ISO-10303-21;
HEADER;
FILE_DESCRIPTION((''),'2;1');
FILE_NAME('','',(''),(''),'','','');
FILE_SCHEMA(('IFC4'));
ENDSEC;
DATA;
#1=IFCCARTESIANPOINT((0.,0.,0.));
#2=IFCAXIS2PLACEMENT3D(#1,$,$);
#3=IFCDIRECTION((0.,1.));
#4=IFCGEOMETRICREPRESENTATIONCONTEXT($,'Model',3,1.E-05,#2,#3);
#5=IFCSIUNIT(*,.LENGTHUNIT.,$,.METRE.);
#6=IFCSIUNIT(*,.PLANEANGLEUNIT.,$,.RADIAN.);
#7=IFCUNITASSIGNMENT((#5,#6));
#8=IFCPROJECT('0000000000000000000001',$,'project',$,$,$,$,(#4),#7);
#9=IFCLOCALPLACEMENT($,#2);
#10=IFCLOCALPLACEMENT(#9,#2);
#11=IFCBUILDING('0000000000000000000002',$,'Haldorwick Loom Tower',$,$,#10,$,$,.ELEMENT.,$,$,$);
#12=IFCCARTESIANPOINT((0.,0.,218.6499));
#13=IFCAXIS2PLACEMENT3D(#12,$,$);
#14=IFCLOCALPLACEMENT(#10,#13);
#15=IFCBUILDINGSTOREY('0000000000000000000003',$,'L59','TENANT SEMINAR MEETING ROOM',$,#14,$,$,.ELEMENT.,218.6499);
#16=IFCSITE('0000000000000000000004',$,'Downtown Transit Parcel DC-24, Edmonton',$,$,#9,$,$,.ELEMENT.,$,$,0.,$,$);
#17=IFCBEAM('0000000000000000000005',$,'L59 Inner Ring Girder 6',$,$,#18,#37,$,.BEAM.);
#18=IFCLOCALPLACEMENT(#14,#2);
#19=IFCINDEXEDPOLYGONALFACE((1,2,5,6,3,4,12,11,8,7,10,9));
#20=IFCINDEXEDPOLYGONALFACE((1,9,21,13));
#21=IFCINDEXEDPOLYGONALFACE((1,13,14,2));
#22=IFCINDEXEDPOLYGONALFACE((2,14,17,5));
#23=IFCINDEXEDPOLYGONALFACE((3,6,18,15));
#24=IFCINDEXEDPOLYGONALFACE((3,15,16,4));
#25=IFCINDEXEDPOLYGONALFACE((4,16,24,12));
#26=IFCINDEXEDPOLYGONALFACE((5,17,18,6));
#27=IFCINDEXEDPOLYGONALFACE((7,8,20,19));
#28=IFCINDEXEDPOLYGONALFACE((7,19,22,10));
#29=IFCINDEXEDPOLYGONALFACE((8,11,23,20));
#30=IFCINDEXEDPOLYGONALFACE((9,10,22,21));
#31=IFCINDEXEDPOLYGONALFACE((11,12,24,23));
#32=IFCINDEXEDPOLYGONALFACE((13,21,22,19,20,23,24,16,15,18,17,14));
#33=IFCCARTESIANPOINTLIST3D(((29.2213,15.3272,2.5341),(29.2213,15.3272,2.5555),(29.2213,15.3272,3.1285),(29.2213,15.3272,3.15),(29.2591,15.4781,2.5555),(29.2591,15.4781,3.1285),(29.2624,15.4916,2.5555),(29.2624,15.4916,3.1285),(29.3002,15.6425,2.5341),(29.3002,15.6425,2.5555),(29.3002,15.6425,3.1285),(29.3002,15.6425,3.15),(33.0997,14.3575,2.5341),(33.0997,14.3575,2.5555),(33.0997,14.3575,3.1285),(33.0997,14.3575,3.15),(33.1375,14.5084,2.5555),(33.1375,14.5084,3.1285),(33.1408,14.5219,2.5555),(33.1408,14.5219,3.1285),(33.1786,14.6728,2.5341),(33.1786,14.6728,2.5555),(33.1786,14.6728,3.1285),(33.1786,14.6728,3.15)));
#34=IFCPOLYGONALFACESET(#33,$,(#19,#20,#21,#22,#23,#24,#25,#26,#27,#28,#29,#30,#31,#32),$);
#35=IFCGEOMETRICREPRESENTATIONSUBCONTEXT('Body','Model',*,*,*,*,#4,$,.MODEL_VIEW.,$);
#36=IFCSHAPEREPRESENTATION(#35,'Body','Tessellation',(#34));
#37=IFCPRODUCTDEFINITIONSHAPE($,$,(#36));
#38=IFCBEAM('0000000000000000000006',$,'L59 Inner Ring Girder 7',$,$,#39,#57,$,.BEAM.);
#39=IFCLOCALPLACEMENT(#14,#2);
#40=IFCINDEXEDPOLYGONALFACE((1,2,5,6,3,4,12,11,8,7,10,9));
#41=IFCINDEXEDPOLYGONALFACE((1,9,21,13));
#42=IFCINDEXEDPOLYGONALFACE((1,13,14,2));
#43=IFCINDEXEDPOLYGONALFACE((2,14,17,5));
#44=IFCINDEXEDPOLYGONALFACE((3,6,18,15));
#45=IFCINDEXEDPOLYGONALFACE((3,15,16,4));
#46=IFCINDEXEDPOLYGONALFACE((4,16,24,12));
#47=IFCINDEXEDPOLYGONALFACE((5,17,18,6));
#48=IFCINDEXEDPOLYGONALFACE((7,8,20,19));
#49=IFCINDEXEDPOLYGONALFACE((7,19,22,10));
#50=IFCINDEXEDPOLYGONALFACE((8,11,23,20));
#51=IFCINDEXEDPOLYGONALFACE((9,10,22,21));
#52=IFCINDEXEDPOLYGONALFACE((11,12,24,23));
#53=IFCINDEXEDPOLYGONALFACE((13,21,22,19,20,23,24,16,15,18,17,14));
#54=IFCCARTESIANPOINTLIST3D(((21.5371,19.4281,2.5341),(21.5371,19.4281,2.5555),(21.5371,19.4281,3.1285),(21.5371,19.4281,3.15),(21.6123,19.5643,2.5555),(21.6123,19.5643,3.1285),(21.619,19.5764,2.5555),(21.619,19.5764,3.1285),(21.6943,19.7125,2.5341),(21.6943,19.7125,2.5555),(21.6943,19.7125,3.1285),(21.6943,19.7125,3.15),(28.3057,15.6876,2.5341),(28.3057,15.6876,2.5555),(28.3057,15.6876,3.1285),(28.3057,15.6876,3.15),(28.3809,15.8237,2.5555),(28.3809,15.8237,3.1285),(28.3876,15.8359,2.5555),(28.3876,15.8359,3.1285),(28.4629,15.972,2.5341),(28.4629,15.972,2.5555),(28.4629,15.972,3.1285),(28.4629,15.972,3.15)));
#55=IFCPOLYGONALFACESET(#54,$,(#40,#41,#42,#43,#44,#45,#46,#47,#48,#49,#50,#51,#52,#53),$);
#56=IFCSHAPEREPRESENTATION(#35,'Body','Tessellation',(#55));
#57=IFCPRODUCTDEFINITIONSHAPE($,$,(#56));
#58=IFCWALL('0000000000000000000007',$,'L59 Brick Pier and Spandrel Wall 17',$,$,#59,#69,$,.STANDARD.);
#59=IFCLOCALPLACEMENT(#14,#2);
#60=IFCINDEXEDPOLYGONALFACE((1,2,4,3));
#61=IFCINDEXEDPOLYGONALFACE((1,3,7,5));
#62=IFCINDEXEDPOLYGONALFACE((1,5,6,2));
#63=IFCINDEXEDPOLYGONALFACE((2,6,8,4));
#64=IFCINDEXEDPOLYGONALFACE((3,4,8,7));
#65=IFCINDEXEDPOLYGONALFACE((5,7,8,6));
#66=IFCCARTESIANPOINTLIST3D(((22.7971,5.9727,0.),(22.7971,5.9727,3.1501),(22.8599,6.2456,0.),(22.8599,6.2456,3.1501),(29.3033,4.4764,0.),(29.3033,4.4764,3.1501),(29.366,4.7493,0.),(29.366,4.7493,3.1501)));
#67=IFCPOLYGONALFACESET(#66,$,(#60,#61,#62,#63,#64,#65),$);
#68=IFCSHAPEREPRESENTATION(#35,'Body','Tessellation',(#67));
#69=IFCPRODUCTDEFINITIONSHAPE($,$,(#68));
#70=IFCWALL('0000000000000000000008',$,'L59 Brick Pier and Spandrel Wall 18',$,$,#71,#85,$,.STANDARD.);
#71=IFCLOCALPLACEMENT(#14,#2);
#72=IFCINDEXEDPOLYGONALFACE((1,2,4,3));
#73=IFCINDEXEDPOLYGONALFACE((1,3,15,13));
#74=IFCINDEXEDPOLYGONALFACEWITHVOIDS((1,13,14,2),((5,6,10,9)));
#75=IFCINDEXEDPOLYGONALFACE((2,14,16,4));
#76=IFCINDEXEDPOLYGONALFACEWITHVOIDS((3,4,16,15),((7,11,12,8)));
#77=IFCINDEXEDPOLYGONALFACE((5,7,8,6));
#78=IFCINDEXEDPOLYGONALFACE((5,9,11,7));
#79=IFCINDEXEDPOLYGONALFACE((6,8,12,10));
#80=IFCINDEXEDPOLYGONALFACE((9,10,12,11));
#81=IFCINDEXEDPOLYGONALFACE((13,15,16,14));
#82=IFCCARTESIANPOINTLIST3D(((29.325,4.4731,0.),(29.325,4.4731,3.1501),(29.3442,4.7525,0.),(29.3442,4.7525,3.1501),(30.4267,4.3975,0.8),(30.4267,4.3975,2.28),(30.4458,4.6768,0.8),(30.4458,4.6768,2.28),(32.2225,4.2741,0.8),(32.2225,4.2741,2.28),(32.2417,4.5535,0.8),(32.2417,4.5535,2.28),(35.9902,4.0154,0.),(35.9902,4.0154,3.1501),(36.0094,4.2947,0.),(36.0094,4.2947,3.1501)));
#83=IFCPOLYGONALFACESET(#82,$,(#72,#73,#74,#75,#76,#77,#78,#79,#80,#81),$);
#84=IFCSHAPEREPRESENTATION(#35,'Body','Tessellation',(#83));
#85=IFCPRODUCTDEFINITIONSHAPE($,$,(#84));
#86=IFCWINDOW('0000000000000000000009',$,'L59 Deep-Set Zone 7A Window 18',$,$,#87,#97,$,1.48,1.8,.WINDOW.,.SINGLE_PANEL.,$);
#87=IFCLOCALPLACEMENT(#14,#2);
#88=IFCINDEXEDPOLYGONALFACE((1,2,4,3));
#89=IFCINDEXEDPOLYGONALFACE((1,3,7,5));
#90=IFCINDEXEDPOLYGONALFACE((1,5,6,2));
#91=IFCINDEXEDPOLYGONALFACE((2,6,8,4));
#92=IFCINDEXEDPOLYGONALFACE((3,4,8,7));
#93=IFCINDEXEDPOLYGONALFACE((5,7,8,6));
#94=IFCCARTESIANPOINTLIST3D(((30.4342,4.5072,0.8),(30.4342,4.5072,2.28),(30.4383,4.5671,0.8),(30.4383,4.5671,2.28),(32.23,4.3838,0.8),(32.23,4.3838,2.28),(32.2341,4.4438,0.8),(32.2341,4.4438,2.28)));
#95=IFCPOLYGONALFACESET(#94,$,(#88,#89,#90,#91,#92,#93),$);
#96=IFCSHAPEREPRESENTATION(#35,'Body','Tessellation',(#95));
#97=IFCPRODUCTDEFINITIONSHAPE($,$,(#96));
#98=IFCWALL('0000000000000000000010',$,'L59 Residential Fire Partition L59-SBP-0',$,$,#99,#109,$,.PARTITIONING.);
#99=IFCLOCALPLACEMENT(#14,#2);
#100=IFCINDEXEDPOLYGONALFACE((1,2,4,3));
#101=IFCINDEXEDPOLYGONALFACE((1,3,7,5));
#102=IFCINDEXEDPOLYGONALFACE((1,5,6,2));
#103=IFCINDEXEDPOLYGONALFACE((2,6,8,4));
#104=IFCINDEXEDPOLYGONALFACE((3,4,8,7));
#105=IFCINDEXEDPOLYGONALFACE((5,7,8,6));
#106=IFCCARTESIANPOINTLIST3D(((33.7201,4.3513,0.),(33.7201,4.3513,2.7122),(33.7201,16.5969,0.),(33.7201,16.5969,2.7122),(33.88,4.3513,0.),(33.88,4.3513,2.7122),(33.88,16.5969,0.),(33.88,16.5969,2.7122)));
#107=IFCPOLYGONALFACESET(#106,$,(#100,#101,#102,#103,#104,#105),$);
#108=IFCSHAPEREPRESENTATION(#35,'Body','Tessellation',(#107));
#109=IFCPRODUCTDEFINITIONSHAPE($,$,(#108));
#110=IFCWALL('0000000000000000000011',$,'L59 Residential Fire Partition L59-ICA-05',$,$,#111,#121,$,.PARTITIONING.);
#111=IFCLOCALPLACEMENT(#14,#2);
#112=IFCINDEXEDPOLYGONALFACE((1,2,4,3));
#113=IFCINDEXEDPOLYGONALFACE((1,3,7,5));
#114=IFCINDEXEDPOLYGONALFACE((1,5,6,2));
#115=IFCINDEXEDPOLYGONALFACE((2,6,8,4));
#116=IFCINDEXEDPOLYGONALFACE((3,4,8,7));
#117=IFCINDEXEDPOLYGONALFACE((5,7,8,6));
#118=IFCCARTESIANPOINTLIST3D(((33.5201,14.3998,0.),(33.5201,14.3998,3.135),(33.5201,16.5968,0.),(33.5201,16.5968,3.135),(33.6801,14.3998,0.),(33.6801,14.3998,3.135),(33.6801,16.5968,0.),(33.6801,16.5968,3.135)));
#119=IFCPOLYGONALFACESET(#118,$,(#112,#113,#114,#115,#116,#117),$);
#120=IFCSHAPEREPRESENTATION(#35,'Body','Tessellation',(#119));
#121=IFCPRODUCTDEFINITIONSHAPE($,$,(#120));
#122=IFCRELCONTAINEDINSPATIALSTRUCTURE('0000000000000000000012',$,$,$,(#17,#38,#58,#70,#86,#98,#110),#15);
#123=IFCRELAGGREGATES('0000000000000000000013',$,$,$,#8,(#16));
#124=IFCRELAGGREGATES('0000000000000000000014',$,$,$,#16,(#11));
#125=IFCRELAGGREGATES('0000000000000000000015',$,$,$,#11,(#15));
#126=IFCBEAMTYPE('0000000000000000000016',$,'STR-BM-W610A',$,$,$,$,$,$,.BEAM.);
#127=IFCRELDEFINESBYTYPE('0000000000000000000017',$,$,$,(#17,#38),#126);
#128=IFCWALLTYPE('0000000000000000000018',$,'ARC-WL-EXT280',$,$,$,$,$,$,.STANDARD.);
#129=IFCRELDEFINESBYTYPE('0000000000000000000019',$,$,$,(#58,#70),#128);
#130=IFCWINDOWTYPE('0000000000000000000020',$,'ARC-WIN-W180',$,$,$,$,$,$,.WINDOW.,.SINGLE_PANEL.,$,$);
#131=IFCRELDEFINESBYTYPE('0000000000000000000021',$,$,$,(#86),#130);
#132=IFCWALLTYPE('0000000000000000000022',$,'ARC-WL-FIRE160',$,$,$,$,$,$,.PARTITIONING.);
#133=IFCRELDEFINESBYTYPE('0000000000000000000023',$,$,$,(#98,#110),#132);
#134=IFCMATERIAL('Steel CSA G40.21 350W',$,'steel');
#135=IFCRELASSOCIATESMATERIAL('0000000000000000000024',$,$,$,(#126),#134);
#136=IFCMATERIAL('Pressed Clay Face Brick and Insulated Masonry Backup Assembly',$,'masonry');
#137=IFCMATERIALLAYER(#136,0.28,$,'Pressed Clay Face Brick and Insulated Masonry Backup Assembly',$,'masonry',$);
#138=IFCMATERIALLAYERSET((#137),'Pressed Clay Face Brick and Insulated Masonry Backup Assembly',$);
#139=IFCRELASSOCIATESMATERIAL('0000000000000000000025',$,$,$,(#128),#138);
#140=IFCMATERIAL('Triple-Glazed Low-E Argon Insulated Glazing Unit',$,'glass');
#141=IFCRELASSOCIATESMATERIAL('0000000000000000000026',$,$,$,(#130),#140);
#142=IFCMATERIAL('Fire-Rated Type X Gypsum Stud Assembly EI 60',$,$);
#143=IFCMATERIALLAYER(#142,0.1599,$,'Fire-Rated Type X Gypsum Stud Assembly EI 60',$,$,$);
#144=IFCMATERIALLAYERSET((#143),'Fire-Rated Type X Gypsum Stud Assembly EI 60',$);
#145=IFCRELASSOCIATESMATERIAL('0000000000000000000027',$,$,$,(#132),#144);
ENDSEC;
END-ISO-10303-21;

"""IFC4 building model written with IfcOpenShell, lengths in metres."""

from ifc_helpers import new_model, si_unit, direction, frame, frame_2d, origin, origin_2d, place, context, subcontext, project, spatial, rectangle, i_section, extrude, material, layer, layer_set, material_profile, profile_set, type_object, element, fill, save


model = new_model("IFC4")

# Units and contexts
model_context = context("Model", 3, precision=1e-05, world=origin(), true_north=direction((0.0, 1.0)))
body_context = subcontext(model_context, "Body", "Model", "MODEL_VIEW")
ifc_project = project(units=[si_unit("LENGTHUNIT", "METRE"), si_unit("PLANEANGLEUNIT", "RADIAN")], contexts=[model_context])

# Site, building, storey
site_placement = place(None, origin())
site = spatial("IfcSite", under=ifc_project, at=site_placement, Name="Downtown Transit Parcel DC-24, Edmonton", CompositionType="ELEMENT", RefElevation=0.0)
building_placement = place(site_placement, origin())
building = spatial("IfcBuilding", under=site, at=building_placement, Name="Haldorwick Loom Tower", CompositionType="ELEMENT")
storey_placement = place(building_placement, frame((0.0, 0.0, 218.6499)))
storey = spatial("IfcBuildingStorey", under=building, at=storey_placement, Name="L59", Description="TENANT SEMINAR MEETING ROOM", CompositionType="ELEMENT", Elevation=218.6499)

# Beams
ifc_material_1 = material(Name="Steel CSA G40.21 350W", Category="steel")
ifc_material_profile_1 = material_profile(ifc_material_1, i_section(OverallWidth=0.325, OverallDepth=0.616, WebThickness=0.0139, FlangeThickness=0.0215, at=origin_2d()), Name="W610X174", Category="steel")
ifc_profile_set_1 = profile_set([ifc_material_profile_1], Name="Steel CSA G40.21 350W")
beam_type_1 = type_object("IfcBeamType", Name="STR-BM-W610A", PredefinedType="BEAM", material=ifc_profile_set_1)
beam_1_placement = place(storey_placement, frame((33.1392, 14.5151, 2.842), z_axis=(-0.970135, 0.242564, 0.0), x_axis=(-0.242564, -0.970135, 0.0)))
element("IfcBeam", 1, at=beam_1_placement, inside=storey, type_object=beam_type_1, Name="L59 Inner Ring Girder 6", PredefinedType="BEAM", context=body_context, shape_type="SweptSolid", body=[
    extrude(i_section(OverallWidth=0.325, OverallDepth=0.616, WebThickness=0.0139, FlangeThickness=0.0215, at=origin_2d()), origin(), (0.0, 0.0, 1.0), 3.9978),
])
beam_2_placement = place(storey_placement, frame((28.3843, 15.8298, 2.842), z_axis=(-0.875244, 0.483682, 0.0), x_axis=(-0.483682, -0.875244, 0.0)))
element("IfcBeam", 2, at=beam_2_placement, inside=storey, type_object=beam_type_1, Name="L59 Inner Ring Girder 7", PredefinedType="BEAM", context=body_context, shape_type="SweptSolid", body=[
    extrude(i_section(OverallWidth=0.325, OverallDepth=0.616, WebThickness=0.0139, FlangeThickness=0.0215, at=origin_2d()), origin(), (0.0, 0.0, 1.0), 7.7334),
])

# Wall
ifc_material_2 = material(Name="Pressed Clay Face Brick and Insulated Masonry Backup Assembly", Category="masonry")
ifc_layer_1 = layer(ifc_material_2, 0.28, Name="Pressed Clay Face Brick and Insulated Masonry Backup Assembly", Category="masonry")
ifc_layer_set_1 = layer_set([ifc_layer_1], Name="Pressed Clay Face Brick and Insulated Masonry Backup Assembly")
wall_type_1 = type_object("IfcWallType", Name="ARC-WL-EXT280", PredefinedType="STANDARD", material=ifc_layer_set_1)
wall_1_placement = place(storey_placement, frame((22.8286, 6.1091, 0.0), z_axis=(0.0, 0.0, 1.0), x_axis=(0.974557, -0.224138, 0.0)))
element("IfcWall", 3, at=wall_1_placement, inside=storey, type_object=wall_type_1, Name="L59 Brick Pier and Spandrel Wall 17", PredefinedType="STANDARD", context=body_context, shape_type="SweptSolid", body=[
    extrude(rectangle(XDim=6.676, YDim=0.28, at=frame_2d((3.3379, 0.0))), origin(), (0.0, 0.0, 1.0), 3.1501),
])

# Wall, opening, window
wall_2_placement = place(storey_placement, frame((29.3347, 4.6128, 0.0), z_axis=(0.0, 0.0, 1.0), x_axis=(0.99765, -0.068517, 0.0)))
wall_2 = element("IfcWall", 4, at=wall_2_placement, inside=storey, type_object=wall_type_1, Name="L59 Brick Pier and Spandrel Wall 18", PredefinedType="STANDARD", context=body_context, shape_type="SweptSolid", body=[
    extrude(rectangle(XDim=6.6809, YDim=0.28, at=frame_2d((3.3403, 0.0))), origin(), (0.0, 0.0, 1.0), 3.1501),
])
opening_placement = place(wall_2_placement, frame((1.1042, 0.0, 0.8)))
opening = element("IfcOpeningElement", 5, at=opening_placement, cuts=wall_2, PredefinedType="OPENING", context=body_context, shape_type="SweptSolid", body=[
    extrude(rectangle(XDim=1.8, YDim=1.48, at=frame_2d((0.8999, 0.74))), frame((0.0, 0.1499, 0.0), z_axis=(0.0, -1.0, 0.0), x_axis=(1.0, 0.0, 0.0)), (0.0, 0.0, 1.0), 0.3),
])
ifc_material_3 = material(Name="Triple-Glazed Low-E Argon Insulated Glazing Unit", Category="glass")
window_type = type_object("IfcWindowType", Name="ARC-WIN-W180", PartitioningType="SINGLE_PANEL", PredefinedType="WINDOW", material=ifc_material_3)
window_placement = place(opening_placement, origin())
window = element("IfcWindow", 6, at=window_placement, inside=storey, type_object=window_type, Name="L59 Deep-Set Zone 7A Window 18", OverallHeight=1.48, OverallWidth=1.8, PartitioningType="SINGLE_PANEL", PredefinedType="WINDOW", context=body_context, shape_type="SweptSolid", body=[
    extrude(rectangle(XDim=1.8, YDim=1.48, at=frame_2d((0.8999, 0.74))), frame((0.0, 0.03, 0.0), z_axis=(0.0, -1.0, 0.0), x_axis=(1.0, 0.0, 0.0)), (0.0, 0.0, 1.0), 0.0601),
])
fill(opening, window)

# Walls
ifc_material_4 = material(Name="Fire-Rated Type X Gypsum Stud Assembly EI 60")
ifc_layer_2 = layer(ifc_material_4, 0.1599, Name="Fire-Rated Type X Gypsum Stud Assembly EI 60")
ifc_layer_set_2 = layer_set([ifc_layer_2], Name="Fire-Rated Type X Gypsum Stud Assembly EI 60")
wall_type_2 = type_object("IfcWallType", Name="ARC-WL-FIRE160", PredefinedType="PARTITIONING", material=ifc_layer_set_2)
wall_3_placement = place(storey_placement, frame((33.8, 4.3513, 0.0), z_axis=(0.0, 0.0, 1.0), x_axis=(0.0, 1.0, 0.0)))
element("IfcWall", 7, at=wall_3_placement, inside=storey, type_object=wall_type_2, Name="L59 Residential Fire Partition L59-SBP-0", PredefinedType="PARTITIONING", context=body_context, shape_type="SweptSolid", body=[
    extrude(rectangle(XDim=12.2456, YDim=0.1599, at=frame_2d((6.1228, 0.0))), origin(), (0.0, 0.0, 1.0), 2.7122),
])
wall_4_placement = place(storey_placement, frame((33.6001, 16.5969, 0.0), z_axis=(0.0, 0.0, 1.0), x_axis=(0.0, -1.0, 0.0)))
element("IfcWall", 8, at=wall_4_placement, inside=storey, type_object=wall_type_2, Name="L59 Residential Fire Partition L59-ICA-05", PredefinedType="PARTITIONING", context=body_context, shape_type="SweptSolid", body=[
    extrude(rectangle(XDim=2.197, YDim=0.1599, at=frame_2d((1.0986, 0.0))), origin(), (0.0, 0.0, 1.0), 3.135),
])

save(model, "model.ifc")
